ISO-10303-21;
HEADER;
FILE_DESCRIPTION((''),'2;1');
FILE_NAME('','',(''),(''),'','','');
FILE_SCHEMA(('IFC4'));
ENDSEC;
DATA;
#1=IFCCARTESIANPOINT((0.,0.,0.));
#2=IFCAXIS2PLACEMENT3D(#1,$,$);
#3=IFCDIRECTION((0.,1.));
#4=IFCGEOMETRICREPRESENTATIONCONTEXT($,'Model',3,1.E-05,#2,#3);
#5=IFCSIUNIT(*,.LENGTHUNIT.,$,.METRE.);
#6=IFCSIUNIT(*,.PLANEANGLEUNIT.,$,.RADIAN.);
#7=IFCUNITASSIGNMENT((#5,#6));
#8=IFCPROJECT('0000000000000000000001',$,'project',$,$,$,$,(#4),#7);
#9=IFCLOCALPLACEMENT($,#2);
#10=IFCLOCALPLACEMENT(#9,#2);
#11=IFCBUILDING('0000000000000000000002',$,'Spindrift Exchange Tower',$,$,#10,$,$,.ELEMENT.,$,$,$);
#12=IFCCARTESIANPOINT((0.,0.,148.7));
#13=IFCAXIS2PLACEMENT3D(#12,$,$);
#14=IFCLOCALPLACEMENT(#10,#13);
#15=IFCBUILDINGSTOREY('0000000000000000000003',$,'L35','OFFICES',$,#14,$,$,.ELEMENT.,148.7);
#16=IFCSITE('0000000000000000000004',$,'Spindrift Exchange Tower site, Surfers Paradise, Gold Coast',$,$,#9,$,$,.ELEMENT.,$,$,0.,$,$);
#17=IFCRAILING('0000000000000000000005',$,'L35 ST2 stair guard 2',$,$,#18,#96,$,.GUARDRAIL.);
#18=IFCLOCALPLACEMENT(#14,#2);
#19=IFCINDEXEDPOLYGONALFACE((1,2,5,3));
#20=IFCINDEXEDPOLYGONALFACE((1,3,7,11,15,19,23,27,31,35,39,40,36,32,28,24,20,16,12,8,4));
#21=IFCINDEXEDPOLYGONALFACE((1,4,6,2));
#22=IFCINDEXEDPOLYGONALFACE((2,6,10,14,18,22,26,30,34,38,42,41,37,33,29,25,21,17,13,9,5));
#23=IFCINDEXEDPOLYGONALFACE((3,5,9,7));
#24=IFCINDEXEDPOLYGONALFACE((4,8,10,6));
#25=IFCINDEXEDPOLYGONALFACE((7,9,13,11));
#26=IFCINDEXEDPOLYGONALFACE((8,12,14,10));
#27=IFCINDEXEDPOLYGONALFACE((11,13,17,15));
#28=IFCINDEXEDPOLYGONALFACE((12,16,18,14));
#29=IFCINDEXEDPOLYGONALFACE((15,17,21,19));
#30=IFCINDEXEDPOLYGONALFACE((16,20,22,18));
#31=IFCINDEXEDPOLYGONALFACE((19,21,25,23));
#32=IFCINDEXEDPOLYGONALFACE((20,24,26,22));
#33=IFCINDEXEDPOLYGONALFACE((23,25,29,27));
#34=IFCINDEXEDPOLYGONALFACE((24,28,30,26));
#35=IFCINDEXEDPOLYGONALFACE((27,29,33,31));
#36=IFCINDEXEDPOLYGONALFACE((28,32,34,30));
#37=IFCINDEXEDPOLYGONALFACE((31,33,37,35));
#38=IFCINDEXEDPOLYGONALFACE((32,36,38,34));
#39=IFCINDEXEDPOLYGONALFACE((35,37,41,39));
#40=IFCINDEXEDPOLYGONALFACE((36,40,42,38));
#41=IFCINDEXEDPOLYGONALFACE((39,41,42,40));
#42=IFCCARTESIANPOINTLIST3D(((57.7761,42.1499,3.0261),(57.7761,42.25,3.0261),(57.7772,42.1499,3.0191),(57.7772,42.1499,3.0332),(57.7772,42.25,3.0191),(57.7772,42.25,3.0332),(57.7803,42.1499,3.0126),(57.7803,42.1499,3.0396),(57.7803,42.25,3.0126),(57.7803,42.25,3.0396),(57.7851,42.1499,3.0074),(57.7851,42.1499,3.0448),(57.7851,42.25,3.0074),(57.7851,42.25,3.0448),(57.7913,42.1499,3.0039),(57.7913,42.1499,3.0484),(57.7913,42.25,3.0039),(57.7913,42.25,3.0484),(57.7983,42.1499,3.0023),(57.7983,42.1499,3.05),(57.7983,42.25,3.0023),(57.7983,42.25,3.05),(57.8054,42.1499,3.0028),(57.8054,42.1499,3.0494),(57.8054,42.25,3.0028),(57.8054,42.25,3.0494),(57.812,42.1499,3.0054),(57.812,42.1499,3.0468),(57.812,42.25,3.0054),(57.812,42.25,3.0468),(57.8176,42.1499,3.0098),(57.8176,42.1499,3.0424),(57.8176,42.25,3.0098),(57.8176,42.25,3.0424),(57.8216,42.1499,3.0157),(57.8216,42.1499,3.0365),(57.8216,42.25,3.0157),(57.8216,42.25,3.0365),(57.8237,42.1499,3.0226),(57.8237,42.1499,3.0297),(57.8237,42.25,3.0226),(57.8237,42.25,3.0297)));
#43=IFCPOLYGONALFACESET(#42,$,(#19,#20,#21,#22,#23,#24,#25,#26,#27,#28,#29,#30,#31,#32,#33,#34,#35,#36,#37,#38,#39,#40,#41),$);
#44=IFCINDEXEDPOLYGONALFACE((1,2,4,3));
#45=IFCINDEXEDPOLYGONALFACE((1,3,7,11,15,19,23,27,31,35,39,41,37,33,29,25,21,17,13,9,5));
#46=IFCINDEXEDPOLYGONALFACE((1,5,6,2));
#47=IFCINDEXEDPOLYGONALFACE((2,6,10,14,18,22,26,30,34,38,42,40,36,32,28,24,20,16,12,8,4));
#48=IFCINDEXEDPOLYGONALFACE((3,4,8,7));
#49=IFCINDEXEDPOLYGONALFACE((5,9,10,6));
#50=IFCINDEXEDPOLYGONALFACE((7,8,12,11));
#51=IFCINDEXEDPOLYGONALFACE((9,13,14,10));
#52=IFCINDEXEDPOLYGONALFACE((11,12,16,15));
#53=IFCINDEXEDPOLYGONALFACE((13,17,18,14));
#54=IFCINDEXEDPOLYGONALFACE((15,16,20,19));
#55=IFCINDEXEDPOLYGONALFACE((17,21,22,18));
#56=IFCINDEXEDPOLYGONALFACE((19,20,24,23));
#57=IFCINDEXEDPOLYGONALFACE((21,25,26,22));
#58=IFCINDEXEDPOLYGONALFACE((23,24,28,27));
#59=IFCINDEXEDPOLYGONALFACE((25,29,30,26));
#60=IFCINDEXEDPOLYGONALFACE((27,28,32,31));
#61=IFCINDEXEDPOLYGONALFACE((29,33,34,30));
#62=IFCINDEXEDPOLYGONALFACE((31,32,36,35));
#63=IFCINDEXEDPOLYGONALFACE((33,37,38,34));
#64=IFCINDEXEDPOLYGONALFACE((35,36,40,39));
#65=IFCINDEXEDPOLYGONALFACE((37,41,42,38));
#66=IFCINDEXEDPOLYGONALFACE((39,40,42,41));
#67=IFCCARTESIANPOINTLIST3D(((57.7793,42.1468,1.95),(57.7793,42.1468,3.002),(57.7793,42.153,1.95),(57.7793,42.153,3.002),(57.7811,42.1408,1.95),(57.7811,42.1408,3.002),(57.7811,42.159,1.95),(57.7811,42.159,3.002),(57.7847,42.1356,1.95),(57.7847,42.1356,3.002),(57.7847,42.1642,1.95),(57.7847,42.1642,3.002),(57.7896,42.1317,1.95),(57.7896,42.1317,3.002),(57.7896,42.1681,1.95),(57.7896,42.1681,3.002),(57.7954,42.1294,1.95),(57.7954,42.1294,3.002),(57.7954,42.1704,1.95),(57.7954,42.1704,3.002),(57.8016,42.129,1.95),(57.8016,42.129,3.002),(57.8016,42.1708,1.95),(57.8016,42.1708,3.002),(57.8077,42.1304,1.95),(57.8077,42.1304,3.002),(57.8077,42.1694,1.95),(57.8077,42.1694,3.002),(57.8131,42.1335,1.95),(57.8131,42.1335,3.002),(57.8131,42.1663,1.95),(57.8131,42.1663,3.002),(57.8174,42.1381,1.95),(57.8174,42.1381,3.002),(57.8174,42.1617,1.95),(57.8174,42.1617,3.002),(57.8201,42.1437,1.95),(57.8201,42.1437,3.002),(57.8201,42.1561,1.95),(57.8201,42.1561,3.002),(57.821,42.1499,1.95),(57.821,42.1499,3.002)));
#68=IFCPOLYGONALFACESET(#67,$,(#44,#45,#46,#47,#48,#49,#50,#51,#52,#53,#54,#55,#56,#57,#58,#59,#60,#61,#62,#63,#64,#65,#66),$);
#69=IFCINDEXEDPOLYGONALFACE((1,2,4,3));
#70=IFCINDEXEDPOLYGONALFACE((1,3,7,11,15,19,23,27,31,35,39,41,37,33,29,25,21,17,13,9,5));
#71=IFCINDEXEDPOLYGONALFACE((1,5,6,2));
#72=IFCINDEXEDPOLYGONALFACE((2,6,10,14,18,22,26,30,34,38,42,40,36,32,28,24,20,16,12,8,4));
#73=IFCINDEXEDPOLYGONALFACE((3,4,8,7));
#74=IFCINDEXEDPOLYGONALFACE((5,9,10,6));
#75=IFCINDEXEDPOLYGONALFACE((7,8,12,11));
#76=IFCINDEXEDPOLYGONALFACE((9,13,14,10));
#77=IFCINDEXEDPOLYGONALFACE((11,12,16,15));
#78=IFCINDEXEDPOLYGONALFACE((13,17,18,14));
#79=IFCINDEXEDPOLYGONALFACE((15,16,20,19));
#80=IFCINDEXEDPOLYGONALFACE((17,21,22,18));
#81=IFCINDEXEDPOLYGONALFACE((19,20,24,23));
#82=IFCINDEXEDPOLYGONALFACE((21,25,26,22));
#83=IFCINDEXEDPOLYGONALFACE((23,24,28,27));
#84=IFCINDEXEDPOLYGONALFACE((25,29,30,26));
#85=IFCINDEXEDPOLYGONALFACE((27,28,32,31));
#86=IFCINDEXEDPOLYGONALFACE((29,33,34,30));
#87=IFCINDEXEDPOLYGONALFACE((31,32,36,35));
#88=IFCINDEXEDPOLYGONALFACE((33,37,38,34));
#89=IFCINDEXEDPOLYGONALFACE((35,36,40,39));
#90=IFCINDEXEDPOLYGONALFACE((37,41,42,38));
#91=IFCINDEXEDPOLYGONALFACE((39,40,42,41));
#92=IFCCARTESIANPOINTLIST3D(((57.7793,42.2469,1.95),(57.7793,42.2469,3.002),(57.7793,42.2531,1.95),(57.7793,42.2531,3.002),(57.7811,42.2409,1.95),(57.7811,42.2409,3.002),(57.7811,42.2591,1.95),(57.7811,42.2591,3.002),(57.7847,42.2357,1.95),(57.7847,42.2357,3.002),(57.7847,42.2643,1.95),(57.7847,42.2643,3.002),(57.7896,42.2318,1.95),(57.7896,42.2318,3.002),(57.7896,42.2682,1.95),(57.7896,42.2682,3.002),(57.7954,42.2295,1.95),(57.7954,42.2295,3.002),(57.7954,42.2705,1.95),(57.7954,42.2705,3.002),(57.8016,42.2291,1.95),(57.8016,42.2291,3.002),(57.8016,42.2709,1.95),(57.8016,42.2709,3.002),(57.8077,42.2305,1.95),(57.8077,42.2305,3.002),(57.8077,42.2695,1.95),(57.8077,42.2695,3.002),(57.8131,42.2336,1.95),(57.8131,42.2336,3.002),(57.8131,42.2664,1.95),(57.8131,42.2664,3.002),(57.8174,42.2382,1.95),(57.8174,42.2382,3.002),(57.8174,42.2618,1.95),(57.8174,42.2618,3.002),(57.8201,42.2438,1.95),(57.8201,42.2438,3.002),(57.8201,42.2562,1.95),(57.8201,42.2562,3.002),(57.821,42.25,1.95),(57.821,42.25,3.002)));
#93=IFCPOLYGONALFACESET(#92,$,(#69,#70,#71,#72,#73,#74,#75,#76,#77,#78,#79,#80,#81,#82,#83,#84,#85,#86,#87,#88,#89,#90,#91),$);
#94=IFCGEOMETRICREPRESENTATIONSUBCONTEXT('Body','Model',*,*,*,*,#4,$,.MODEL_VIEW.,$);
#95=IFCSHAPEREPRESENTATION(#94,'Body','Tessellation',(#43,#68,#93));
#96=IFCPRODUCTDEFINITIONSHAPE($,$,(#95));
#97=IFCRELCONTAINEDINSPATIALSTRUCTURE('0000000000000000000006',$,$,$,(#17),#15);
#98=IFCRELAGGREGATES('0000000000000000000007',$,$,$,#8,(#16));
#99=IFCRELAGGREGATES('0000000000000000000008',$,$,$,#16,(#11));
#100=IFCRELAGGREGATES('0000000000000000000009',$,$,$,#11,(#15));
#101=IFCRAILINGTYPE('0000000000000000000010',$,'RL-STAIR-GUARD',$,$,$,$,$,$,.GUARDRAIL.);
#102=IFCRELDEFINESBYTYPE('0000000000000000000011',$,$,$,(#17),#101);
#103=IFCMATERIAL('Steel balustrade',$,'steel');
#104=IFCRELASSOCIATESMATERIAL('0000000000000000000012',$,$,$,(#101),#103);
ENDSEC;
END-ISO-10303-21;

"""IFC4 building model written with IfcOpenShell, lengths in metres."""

from ifc_helpers import new_model, si_unit, direction, frame, origin, origin_2d, place, context, subcontext, project, spatial, circle, extrude, material, type_object, element, save


model = new_model("IFC4")

# Units and contexts
model_context = context("Model", 3, precision=1e-05, world=origin(), true_north=direction((0.0, 1.0)))
body_context = subcontext(model_context, "Body", "Model", "MODEL_VIEW")
ifc_project = project(units=[si_unit("LENGTHUNIT", "METRE"), si_unit("PLANEANGLEUNIT", "RADIAN")], contexts=[model_context])

# Site, building, storey
site_placement = place(None, origin())
site = spatial("IfcSite", under=ifc_project, at=site_placement, Name="Spindrift Exchange Tower site, Surfers Paradise, Gold Coast", CompositionType="ELEMENT", RefElevation=0.0)
building_placement = place(site_placement, origin())
building = spatial("IfcBuilding", under=site, at=building_placement, Name="Spindrift Exchange Tower", CompositionType="ELEMENT")
storey_placement = place(building_placement, frame((0.0, 0.0, 148.7)))
storey = spatial("IfcBuildingStorey", under=building, at=storey_placement, Name="L35", Description="OFFICES", CompositionType="ELEMENT", Elevation=148.7)

# Railing
ifc_material_1 = material(Name="Steel balustrade", Category="steel")
railing_type_1 = type_object("IfcRailingType", Name="RL-STAIR-GUARD", PredefinedType="GUARDRAIL", material=ifc_material_1)
railing_1_placement = place(storey_placement, frame((57.8, 42.1499, 1.95)))
element("IfcRailing", 1, at=railing_1_placement, inside=storey, type_object=railing_type_1, Name="L35 ST2 stair guard 2", PredefinedType="GUARDRAIL", context=body_context, shape_type="SweptSolid", body=[
    extrude(circle(Radius=0.0239, at=origin_2d()), frame((0.0, 0.0, 1.0762), z_axis=(0.0, 1.0, 0.0), x_axis=(-1.0, 0.0, 0.0)), (0.0, 0.0, 1.0), 0.1001),
    extrude(circle(Radius=0.021, at=origin_2d()), origin(), (0.0, 0.0, 1.0), 1.052),
    extrude(circle(Radius=0.021, at=origin_2d()), frame((0.0, 0.1001, 0.0)), (0.0, 0.0, 1.0), 1.052),
])

save(model, "model.ifc")
